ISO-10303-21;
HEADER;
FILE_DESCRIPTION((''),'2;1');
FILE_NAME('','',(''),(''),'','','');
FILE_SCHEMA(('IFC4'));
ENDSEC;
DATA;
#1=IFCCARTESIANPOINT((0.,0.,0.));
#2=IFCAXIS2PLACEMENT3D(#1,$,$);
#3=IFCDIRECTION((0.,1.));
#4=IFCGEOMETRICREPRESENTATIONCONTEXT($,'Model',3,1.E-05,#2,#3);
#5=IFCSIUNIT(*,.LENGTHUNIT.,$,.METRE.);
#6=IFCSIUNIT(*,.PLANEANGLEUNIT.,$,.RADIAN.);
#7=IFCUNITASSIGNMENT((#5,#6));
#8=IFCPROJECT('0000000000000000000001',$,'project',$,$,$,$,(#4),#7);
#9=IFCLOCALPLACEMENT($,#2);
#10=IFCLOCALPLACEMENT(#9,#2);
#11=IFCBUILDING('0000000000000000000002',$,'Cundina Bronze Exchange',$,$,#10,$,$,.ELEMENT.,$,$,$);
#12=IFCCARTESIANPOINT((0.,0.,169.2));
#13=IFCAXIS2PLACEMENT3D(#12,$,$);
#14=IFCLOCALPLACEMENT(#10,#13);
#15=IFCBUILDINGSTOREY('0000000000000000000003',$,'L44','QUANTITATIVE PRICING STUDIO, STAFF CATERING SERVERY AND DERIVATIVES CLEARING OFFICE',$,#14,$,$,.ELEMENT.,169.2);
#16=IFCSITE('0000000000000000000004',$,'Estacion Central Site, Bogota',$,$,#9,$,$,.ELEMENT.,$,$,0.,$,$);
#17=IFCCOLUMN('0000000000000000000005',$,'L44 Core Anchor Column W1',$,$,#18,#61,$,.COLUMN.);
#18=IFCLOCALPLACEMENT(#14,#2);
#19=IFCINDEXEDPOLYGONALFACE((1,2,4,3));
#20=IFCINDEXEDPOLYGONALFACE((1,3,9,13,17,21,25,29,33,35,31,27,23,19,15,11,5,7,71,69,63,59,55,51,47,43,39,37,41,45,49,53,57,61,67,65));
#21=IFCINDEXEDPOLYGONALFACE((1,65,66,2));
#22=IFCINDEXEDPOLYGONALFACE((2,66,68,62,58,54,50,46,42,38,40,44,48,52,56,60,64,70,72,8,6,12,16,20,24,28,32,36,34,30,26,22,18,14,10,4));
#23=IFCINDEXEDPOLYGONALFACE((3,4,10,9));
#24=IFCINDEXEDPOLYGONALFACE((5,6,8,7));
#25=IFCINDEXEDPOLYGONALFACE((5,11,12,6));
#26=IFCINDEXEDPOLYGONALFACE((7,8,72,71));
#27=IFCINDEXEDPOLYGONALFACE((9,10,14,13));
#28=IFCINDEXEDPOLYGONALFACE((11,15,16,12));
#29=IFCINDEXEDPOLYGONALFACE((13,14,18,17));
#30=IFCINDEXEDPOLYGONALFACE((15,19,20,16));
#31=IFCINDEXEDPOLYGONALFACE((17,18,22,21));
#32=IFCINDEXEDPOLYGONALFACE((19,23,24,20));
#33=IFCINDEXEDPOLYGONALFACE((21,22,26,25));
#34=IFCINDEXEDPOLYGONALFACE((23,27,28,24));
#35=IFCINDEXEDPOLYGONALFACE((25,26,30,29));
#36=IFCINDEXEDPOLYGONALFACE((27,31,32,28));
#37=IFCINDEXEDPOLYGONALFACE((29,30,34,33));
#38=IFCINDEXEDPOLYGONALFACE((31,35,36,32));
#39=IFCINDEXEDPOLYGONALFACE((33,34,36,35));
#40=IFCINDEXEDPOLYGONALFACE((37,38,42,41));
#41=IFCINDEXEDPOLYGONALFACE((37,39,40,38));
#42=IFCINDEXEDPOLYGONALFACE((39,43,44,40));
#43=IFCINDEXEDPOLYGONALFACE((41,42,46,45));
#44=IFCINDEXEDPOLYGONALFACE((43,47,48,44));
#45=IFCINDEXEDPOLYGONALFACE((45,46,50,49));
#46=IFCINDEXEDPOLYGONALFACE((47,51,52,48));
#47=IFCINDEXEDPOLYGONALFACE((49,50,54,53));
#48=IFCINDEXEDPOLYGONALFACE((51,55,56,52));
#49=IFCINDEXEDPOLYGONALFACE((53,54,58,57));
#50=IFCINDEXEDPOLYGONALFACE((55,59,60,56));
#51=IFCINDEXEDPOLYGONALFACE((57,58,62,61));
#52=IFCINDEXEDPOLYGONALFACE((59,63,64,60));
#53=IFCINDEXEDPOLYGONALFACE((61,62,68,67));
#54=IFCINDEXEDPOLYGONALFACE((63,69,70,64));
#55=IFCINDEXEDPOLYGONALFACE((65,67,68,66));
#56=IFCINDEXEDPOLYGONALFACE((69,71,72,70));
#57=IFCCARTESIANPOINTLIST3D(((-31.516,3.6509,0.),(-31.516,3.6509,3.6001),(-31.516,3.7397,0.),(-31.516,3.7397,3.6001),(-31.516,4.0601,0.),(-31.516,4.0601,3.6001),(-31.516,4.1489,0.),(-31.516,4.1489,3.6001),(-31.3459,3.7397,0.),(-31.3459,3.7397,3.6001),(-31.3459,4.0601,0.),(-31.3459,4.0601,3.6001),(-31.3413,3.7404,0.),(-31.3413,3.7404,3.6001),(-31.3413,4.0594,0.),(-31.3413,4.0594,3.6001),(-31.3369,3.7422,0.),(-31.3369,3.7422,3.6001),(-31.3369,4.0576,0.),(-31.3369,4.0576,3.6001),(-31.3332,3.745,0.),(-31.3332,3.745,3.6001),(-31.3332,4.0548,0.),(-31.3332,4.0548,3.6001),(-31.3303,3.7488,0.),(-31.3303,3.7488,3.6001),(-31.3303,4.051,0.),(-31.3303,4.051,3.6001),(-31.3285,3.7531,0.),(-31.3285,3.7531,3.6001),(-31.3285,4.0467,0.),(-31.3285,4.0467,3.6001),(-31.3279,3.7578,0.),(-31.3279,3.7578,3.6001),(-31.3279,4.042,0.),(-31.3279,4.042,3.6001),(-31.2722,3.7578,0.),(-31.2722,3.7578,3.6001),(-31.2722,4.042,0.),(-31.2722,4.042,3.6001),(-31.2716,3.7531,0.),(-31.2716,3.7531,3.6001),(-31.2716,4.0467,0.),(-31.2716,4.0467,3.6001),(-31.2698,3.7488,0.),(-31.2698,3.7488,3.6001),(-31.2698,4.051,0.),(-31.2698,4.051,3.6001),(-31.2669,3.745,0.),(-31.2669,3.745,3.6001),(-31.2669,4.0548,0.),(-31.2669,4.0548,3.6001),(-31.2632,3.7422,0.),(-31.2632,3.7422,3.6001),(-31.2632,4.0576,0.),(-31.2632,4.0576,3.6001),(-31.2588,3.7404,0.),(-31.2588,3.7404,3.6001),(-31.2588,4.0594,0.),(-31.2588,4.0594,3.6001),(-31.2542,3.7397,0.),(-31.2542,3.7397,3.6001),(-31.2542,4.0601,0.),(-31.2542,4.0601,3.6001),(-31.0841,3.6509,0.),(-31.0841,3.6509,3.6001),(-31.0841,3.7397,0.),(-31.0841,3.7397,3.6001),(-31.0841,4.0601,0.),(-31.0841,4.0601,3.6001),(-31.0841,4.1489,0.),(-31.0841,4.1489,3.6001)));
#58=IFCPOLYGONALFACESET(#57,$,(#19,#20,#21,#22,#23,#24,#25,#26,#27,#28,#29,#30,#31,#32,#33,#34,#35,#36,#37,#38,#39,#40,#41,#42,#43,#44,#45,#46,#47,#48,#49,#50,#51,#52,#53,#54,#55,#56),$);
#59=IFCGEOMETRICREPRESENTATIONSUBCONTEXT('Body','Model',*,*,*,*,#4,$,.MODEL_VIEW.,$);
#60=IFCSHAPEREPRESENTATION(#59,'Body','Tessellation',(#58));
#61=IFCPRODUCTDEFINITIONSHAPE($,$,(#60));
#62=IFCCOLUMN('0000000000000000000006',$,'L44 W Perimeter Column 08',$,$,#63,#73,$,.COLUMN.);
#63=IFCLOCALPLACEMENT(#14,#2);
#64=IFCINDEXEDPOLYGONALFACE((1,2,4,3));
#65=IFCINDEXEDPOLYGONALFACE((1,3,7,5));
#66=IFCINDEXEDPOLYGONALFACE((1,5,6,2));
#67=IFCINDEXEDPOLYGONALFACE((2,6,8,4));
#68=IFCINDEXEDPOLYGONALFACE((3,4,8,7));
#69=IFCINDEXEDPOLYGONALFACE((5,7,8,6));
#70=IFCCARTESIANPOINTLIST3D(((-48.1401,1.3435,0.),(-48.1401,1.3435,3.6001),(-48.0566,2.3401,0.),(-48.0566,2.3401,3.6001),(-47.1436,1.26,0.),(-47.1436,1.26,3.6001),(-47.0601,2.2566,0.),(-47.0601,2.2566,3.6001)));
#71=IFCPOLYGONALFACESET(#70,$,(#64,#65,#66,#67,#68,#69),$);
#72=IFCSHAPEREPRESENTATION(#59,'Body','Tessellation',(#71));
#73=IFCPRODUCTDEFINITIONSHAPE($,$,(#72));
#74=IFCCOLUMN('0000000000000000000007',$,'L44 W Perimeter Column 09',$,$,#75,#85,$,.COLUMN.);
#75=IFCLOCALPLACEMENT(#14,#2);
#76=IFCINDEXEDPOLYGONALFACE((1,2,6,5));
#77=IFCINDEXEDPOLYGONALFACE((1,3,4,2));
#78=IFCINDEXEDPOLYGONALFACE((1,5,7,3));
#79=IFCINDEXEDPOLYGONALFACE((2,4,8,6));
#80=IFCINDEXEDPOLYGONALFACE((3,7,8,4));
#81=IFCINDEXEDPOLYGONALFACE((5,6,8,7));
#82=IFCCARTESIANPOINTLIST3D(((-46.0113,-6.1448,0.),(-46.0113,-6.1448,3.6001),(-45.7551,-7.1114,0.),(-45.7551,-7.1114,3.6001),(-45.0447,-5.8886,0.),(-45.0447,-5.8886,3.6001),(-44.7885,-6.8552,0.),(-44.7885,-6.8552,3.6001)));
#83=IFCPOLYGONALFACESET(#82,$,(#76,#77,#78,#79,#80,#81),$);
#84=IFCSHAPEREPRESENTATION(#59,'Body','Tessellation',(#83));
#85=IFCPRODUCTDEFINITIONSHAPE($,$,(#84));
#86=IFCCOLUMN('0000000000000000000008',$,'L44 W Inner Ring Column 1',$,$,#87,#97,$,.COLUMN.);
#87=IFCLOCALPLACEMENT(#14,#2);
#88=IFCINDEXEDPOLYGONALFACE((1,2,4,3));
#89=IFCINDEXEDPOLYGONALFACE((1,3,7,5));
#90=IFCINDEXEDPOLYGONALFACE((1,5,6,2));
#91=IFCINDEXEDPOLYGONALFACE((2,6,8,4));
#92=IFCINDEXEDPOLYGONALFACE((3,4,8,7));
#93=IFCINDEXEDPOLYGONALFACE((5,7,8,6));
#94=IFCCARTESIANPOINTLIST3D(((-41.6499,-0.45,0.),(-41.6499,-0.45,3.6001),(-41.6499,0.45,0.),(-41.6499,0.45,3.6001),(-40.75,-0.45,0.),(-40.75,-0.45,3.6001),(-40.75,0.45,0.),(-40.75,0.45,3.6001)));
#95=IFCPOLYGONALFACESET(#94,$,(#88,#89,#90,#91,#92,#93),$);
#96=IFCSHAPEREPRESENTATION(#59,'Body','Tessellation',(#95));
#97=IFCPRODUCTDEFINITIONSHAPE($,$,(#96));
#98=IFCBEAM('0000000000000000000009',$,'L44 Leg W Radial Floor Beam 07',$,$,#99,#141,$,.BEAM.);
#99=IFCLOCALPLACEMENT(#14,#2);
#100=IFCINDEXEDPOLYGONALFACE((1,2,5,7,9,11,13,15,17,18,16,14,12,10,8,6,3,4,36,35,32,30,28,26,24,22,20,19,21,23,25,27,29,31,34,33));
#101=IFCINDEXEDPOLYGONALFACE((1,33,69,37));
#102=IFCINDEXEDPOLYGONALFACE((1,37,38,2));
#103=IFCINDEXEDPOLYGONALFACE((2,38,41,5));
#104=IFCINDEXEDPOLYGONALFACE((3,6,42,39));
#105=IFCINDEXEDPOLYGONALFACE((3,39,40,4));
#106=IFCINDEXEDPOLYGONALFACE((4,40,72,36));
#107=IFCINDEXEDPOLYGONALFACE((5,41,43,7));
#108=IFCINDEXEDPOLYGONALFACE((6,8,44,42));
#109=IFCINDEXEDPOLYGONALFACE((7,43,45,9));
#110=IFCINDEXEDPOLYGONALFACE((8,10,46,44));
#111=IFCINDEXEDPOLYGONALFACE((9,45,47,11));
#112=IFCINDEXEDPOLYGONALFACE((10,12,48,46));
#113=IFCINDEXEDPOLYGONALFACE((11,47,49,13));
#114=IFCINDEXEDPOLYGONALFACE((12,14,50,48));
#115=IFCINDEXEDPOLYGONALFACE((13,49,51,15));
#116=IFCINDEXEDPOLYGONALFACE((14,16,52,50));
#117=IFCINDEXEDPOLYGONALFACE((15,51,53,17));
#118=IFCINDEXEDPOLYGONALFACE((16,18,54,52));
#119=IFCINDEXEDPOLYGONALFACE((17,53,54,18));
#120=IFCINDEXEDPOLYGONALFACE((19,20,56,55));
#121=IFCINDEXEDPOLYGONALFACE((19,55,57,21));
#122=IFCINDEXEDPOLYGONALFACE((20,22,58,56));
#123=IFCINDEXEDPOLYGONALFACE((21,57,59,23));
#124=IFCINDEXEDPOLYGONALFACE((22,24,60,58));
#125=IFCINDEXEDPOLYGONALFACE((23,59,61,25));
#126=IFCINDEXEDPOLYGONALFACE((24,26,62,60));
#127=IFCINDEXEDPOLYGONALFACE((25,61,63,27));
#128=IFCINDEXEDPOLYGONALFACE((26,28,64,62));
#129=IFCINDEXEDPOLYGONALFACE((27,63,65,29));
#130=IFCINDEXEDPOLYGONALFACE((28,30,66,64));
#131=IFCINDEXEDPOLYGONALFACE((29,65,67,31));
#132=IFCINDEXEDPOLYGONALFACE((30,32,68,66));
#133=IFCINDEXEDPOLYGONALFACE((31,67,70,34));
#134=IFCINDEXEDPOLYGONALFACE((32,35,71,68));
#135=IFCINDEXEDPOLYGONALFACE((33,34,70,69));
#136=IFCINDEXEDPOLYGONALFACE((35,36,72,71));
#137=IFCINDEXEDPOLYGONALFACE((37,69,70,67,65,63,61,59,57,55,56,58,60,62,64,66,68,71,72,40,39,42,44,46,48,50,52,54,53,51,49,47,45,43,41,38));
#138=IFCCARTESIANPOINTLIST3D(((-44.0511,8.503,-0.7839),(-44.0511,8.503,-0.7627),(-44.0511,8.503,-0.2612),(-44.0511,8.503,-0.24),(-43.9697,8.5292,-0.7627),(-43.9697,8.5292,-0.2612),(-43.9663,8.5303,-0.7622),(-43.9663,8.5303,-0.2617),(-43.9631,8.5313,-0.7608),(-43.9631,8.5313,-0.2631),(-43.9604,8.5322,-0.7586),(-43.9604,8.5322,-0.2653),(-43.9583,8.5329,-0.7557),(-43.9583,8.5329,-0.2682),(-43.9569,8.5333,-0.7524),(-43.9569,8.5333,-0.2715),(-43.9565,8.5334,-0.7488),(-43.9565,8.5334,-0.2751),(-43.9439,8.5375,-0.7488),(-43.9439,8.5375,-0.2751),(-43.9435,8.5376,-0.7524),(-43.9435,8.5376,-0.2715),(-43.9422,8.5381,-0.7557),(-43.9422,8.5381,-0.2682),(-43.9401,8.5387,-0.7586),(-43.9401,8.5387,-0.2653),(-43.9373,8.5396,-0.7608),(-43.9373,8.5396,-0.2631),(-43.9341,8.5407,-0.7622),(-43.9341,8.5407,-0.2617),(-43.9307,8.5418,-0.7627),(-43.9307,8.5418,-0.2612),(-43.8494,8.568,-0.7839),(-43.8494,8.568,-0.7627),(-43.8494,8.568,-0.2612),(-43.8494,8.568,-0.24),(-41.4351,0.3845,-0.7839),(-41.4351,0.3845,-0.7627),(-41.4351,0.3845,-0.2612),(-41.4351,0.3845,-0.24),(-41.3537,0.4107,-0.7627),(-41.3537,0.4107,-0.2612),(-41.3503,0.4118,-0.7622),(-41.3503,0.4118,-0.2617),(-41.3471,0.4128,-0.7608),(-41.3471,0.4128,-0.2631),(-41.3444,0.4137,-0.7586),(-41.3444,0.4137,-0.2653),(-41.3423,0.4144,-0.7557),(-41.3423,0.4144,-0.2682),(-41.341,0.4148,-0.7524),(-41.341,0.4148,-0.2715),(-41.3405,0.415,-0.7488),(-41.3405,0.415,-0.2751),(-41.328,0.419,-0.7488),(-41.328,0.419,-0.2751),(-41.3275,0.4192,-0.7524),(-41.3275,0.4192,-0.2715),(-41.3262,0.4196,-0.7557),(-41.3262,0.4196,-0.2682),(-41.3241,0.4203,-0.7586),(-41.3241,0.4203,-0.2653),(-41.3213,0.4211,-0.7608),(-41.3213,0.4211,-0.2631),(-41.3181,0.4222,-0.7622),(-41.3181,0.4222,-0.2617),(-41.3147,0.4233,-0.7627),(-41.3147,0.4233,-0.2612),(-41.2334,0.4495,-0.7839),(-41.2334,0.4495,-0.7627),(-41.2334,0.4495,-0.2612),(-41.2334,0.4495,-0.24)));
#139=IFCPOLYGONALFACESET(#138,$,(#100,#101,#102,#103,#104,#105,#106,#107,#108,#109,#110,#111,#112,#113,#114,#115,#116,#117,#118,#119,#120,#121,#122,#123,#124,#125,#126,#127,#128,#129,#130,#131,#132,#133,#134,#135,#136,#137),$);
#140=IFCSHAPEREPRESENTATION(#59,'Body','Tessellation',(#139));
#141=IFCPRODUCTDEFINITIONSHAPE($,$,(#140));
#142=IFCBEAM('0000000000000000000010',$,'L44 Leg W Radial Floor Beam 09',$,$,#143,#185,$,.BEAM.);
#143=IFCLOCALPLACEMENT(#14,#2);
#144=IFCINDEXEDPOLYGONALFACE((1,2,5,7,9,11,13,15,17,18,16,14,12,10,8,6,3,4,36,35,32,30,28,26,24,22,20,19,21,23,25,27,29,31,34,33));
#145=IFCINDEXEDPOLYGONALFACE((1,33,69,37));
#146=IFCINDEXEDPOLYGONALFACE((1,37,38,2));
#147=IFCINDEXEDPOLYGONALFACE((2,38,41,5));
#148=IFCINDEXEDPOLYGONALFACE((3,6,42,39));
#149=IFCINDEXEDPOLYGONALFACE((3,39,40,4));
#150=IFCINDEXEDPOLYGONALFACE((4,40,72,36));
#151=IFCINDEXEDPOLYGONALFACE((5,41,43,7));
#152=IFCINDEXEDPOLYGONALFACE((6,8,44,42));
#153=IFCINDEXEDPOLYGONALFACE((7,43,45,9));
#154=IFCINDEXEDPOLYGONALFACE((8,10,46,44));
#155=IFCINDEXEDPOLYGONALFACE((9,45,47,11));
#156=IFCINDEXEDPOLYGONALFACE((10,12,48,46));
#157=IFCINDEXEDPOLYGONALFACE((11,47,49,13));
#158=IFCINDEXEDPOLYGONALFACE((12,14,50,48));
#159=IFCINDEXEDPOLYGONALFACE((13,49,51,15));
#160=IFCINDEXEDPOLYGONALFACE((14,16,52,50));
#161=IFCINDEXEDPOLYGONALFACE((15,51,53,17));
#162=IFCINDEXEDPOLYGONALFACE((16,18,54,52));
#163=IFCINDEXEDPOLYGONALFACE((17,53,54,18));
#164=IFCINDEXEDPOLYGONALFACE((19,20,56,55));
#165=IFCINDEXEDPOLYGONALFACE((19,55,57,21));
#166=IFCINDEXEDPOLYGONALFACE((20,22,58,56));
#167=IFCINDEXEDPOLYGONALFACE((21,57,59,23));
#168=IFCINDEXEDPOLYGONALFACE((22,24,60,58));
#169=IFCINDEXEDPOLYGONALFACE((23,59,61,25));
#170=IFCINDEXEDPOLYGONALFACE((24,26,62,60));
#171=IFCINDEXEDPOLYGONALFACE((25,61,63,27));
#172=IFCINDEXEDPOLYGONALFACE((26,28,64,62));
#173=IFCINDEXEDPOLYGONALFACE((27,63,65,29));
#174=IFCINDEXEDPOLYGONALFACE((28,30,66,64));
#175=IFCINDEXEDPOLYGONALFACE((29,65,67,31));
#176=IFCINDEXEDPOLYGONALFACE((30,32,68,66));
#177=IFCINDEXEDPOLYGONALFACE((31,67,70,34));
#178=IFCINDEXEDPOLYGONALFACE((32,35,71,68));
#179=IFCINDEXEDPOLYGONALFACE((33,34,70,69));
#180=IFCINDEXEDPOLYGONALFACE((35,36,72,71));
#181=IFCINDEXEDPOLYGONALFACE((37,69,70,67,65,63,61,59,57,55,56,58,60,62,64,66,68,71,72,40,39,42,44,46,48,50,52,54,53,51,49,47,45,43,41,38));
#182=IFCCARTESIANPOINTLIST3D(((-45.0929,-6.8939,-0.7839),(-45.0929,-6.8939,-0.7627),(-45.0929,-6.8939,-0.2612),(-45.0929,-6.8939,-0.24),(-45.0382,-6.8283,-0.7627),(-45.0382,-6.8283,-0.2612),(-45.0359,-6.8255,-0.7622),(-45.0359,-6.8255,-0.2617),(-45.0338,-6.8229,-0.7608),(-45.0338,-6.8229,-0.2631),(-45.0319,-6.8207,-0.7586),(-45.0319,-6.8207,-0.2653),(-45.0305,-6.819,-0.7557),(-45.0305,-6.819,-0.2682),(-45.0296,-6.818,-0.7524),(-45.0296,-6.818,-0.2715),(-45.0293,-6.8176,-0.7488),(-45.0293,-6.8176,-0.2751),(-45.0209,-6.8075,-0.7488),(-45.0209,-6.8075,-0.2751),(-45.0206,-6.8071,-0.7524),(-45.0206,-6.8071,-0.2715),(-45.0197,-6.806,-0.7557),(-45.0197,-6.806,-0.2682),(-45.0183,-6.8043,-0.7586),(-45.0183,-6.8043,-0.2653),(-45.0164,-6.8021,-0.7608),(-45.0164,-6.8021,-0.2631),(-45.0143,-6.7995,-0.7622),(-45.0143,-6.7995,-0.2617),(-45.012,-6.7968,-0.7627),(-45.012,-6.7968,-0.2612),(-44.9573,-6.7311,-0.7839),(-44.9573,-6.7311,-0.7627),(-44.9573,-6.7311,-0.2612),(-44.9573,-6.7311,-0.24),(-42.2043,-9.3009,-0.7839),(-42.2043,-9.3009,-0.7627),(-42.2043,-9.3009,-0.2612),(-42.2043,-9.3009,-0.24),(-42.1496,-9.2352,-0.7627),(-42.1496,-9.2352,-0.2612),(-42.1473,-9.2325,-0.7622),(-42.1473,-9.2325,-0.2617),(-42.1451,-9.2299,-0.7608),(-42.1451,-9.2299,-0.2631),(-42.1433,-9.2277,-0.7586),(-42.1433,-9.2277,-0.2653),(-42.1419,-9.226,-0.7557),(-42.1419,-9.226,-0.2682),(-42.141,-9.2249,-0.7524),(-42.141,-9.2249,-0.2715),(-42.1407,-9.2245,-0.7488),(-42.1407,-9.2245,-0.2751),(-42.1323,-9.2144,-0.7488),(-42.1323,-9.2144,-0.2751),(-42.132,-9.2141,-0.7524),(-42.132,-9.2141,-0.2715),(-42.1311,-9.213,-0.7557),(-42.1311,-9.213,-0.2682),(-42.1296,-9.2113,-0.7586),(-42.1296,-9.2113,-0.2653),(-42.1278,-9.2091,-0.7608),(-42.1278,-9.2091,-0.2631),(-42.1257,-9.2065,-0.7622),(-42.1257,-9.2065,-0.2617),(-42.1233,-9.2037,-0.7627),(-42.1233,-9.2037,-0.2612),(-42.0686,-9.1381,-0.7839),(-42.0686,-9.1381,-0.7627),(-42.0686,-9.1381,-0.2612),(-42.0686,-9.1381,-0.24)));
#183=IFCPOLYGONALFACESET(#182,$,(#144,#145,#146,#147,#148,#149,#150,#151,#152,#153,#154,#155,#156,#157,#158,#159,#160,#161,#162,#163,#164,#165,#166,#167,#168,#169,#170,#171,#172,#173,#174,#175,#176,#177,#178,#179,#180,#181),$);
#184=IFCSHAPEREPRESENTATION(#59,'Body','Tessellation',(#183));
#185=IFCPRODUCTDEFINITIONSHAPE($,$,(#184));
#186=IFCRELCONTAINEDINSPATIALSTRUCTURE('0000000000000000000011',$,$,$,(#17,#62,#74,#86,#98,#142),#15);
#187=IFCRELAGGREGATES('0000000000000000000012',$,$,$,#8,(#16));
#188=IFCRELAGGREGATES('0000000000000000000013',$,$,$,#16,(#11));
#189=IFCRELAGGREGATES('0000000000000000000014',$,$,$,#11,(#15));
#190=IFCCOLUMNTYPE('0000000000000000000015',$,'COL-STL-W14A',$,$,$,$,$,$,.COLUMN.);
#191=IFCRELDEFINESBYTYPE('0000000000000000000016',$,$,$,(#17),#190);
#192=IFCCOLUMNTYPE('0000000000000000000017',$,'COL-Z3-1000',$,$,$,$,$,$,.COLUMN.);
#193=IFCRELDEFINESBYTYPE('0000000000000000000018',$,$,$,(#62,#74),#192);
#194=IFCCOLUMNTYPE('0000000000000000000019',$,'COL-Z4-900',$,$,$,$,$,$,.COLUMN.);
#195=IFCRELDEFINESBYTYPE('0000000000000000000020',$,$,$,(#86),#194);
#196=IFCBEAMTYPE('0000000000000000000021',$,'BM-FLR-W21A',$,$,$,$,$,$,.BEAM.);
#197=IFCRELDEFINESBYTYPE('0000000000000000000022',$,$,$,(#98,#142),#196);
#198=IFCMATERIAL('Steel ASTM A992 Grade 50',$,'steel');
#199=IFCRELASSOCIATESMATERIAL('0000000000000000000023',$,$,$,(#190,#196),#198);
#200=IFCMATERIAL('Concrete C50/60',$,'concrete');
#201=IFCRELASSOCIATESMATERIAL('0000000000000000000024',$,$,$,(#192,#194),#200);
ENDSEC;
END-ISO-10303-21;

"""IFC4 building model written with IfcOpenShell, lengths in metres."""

from ifc_helpers import new_model, si_unit, direction, frame, origin, origin_2d, place, context, subcontext, project, spatial, rectangle, i_section, extrude, material, material_profile, profile_set, type_object, element, save


model = new_model("IFC4")

# Units and contexts
model_context = context("Model", 3, precision=1e-05, world=origin(), true_north=direction((0.0, 1.0)))
body_context = subcontext(model_context, "Body", "Model", "MODEL_VIEW")
ifc_project = project(units=[si_unit("LENGTHUNIT", "METRE"), si_unit("PLANEANGLEUNIT", "RADIAN")], contexts=[model_context])

# Site, building, storey
site_placement = place(None, origin())
site = spatial("IfcSite", under=ifc_project, at=site_placement, Name="Estacion Central Site, Bogota", CompositionType="ELEMENT", RefElevation=0.0)
building_placement = place(site_placement, origin())
building = spatial("IfcBuilding", under=site, at=building_placement, Name="Cundina Bronze Exchange", CompositionType="ELEMENT")
storey_placement = place(building_placement, frame((0.0, 0.0, 169.2)))
storey = spatial("IfcBuildingStorey", under=building, at=storey_placement, Name="L44", Description="QUANTITATIVE PRICING STUDIO, STAFF CATERING SERVERY AND DERIVATIVES CLEARING OFFICE", CompositionType="ELEMENT", Elevation=169.2)

# Columns
ifc_material_1 = material(Name="Steel ASTM A992 Grade 50", Category="steel")
ifc_material_profile_1 = material_profile(ifc_material_1, i_section(OverallWidth=0.4319, OverallDepth=0.498, WebThickness=0.0557, FlangeThickness=0.0889, FilletRadius=0.0181, at=origin_2d()), Name="W14X500", Category="steel")
ifc_profile_set_1 = profile_set([ifc_material_profile_1], Name="Steel ASTM A992 Grade 50")
column_type_1 = type_object("IfcColumnType", Name="COL-STL-W14A", PredefinedType="COLUMN", material=ifc_profile_set_1)
column_1_placement = place(storey_placement, frame((-31.3, 3.8999, 0.0), z_axis=(0.0, 0.0, 1.0), x_axis=(1.0, 0.0, 0.0)))
element("IfcColumn", 1, at=column_1_placement, inside=storey, type_object=column_type_1, Name="L44 Core Anchor Column W1", PredefinedType="COLUMN", context=body_context, shape_type="SweptSolid", body=[
    extrude(i_section(OverallWidth=0.4319, OverallDepth=0.498, WebThickness=0.0557, FlangeThickness=0.0889, FilletRadius=0.0181, at=origin_2d()), origin(), (0.0, 0.0, 1.0), 3.6001),
])
ifc_material_2 = material(Name="Concrete C50/60", Category="concrete")
ifc_material_profile_2 = material_profile(ifc_material_2, rectangle(XDim=1.0, YDim=1.0, at=origin_2d()), Name="RC1000X1000", Category="concrete")
ifc_profile_set_2 = profile_set([ifc_material_profile_2], Name="Concrete C50/60")
column_type_2 = type_object("IfcColumnType", Name="COL-Z3-1000", PredefinedType="COLUMN", material=ifc_profile_set_2)
for number, where, z_axis, x_axis, name in (
    (2, (-47.6001, 1.8, 0.0), (0.0, 0.0, 1.0), (-0.083504, -0.996507, 0.0), "L44 W Perimeter Column 08"),
    (3, (-45.3999, -6.5, 0.0), (0.0, 0.0, 1.0), (0.256289, -0.9666, 0.0), "L44 W Perimeter Column 09"),
):
    element("IfcColumn", number, at=place(storey_placement, frame(where, z_axis=z_axis, x_axis=x_axis)), inside=storey, type_object=column_type_2, Name=name, PredefinedType="COLUMN", context=body_context, shape_type="SweptSolid", body=[
        extrude(rectangle(XDim=1.0, YDim=1.0, at=origin_2d()), origin(), (0.0, 0.0, 1.0), 3.6001),
    ])
ifc_material_profile_3 = material_profile(ifc_material_2, rectangle(XDim=0.8999, YDim=0.8999, at=origin_2d()), Name="RC900X900", Category="concrete")
ifc_profile_set_3 = profile_set([ifc_material_profile_3], Name="Concrete C50/60")
column_type_3 = type_object("IfcColumnType", Name="COL-Z4-900", PredefinedType="COLUMN", material=ifc_profile_set_3)
column_2_placement = place(storey_placement, frame((-41.2, 0.0, 0.0), z_axis=(0.0, 0.0, 1.0), x_axis=(1.0, 0.0, 0.0)))
element("IfcColumn", 4, at=column_2_placement, inside=storey, type_object=column_type_3, Name="L44 W Inner Ring Column 1", PredefinedType="COLUMN", context=body_context, shape_type="SweptSolid", body=[
    extrude(rectangle(XDim=0.8999, YDim=0.8999, at=origin_2d()), origin(), (0.0, 0.0, 1.0), 3.6001),
])

# Beams
ifc_material_profile_4 = material_profile(ifc_material_1, i_section(OverallWidth=0.2119, OverallDepth=0.5439, WebThickness=0.0132, FlangeThickness=0.0212, FilletRadius=0.0139, at=origin_2d()), Name="W21X83", Category="steel")
ifc_profile_set_4 = profile_set([ifc_material_profile_4], Name="Steel ASTM A992 Grade 50")
beam_type_1 = type_object("IfcBeamType", Name="BM-FLR-W21A", PredefinedType="BEAM", material=ifc_profile_set_4)
beam_1_placement = place(storey_placement, frame((-41.3342, 0.417, -0.512), z_axis=(-0.306698, 0.951807, 0.0), x_axis=(-0.951807, -0.306698, 0.0)))
element("IfcBeam", 5, at=beam_1_placement, inside=storey, type_object=beam_type_1, Name="L44 Leg W Radial Floor Beam 07", PredefinedType="BEAM", context=body_context, shape_type="SweptSolid", body=[
    extrude(i_section(OverallWidth=0.2119, OverallDepth=0.5439, WebThickness=0.0132, FlangeThickness=0.0212, FilletRadius=0.0139, at=origin_2d()), origin(), (0.0, 0.0, 1.0), 8.5295),
])
beam_2_placement = place(storey_placement, frame((-42.1365, -9.2195, -0.512), z_axis=(-0.768253, 0.640146, 0.0), x_axis=(-0.640146, -0.768253, 0.0)))
element("IfcBeam", 6, at=beam_2_placement, inside=storey, type_object=beam_type_1, Name="L44 Leg W Radial Floor Beam 09", PredefinedType="BEAM", context=body_context, shape_type="SweptSolid", body=[
    extrude(i_section(OverallWidth=0.2119, OverallDepth=0.5439, WebThickness=0.0132, FlangeThickness=0.0212, FilletRadius=0.0139, at=origin_2d()), origin(), (0.0, 0.0, 1.0), 3.76),
])

save(model, "model.ifc")
